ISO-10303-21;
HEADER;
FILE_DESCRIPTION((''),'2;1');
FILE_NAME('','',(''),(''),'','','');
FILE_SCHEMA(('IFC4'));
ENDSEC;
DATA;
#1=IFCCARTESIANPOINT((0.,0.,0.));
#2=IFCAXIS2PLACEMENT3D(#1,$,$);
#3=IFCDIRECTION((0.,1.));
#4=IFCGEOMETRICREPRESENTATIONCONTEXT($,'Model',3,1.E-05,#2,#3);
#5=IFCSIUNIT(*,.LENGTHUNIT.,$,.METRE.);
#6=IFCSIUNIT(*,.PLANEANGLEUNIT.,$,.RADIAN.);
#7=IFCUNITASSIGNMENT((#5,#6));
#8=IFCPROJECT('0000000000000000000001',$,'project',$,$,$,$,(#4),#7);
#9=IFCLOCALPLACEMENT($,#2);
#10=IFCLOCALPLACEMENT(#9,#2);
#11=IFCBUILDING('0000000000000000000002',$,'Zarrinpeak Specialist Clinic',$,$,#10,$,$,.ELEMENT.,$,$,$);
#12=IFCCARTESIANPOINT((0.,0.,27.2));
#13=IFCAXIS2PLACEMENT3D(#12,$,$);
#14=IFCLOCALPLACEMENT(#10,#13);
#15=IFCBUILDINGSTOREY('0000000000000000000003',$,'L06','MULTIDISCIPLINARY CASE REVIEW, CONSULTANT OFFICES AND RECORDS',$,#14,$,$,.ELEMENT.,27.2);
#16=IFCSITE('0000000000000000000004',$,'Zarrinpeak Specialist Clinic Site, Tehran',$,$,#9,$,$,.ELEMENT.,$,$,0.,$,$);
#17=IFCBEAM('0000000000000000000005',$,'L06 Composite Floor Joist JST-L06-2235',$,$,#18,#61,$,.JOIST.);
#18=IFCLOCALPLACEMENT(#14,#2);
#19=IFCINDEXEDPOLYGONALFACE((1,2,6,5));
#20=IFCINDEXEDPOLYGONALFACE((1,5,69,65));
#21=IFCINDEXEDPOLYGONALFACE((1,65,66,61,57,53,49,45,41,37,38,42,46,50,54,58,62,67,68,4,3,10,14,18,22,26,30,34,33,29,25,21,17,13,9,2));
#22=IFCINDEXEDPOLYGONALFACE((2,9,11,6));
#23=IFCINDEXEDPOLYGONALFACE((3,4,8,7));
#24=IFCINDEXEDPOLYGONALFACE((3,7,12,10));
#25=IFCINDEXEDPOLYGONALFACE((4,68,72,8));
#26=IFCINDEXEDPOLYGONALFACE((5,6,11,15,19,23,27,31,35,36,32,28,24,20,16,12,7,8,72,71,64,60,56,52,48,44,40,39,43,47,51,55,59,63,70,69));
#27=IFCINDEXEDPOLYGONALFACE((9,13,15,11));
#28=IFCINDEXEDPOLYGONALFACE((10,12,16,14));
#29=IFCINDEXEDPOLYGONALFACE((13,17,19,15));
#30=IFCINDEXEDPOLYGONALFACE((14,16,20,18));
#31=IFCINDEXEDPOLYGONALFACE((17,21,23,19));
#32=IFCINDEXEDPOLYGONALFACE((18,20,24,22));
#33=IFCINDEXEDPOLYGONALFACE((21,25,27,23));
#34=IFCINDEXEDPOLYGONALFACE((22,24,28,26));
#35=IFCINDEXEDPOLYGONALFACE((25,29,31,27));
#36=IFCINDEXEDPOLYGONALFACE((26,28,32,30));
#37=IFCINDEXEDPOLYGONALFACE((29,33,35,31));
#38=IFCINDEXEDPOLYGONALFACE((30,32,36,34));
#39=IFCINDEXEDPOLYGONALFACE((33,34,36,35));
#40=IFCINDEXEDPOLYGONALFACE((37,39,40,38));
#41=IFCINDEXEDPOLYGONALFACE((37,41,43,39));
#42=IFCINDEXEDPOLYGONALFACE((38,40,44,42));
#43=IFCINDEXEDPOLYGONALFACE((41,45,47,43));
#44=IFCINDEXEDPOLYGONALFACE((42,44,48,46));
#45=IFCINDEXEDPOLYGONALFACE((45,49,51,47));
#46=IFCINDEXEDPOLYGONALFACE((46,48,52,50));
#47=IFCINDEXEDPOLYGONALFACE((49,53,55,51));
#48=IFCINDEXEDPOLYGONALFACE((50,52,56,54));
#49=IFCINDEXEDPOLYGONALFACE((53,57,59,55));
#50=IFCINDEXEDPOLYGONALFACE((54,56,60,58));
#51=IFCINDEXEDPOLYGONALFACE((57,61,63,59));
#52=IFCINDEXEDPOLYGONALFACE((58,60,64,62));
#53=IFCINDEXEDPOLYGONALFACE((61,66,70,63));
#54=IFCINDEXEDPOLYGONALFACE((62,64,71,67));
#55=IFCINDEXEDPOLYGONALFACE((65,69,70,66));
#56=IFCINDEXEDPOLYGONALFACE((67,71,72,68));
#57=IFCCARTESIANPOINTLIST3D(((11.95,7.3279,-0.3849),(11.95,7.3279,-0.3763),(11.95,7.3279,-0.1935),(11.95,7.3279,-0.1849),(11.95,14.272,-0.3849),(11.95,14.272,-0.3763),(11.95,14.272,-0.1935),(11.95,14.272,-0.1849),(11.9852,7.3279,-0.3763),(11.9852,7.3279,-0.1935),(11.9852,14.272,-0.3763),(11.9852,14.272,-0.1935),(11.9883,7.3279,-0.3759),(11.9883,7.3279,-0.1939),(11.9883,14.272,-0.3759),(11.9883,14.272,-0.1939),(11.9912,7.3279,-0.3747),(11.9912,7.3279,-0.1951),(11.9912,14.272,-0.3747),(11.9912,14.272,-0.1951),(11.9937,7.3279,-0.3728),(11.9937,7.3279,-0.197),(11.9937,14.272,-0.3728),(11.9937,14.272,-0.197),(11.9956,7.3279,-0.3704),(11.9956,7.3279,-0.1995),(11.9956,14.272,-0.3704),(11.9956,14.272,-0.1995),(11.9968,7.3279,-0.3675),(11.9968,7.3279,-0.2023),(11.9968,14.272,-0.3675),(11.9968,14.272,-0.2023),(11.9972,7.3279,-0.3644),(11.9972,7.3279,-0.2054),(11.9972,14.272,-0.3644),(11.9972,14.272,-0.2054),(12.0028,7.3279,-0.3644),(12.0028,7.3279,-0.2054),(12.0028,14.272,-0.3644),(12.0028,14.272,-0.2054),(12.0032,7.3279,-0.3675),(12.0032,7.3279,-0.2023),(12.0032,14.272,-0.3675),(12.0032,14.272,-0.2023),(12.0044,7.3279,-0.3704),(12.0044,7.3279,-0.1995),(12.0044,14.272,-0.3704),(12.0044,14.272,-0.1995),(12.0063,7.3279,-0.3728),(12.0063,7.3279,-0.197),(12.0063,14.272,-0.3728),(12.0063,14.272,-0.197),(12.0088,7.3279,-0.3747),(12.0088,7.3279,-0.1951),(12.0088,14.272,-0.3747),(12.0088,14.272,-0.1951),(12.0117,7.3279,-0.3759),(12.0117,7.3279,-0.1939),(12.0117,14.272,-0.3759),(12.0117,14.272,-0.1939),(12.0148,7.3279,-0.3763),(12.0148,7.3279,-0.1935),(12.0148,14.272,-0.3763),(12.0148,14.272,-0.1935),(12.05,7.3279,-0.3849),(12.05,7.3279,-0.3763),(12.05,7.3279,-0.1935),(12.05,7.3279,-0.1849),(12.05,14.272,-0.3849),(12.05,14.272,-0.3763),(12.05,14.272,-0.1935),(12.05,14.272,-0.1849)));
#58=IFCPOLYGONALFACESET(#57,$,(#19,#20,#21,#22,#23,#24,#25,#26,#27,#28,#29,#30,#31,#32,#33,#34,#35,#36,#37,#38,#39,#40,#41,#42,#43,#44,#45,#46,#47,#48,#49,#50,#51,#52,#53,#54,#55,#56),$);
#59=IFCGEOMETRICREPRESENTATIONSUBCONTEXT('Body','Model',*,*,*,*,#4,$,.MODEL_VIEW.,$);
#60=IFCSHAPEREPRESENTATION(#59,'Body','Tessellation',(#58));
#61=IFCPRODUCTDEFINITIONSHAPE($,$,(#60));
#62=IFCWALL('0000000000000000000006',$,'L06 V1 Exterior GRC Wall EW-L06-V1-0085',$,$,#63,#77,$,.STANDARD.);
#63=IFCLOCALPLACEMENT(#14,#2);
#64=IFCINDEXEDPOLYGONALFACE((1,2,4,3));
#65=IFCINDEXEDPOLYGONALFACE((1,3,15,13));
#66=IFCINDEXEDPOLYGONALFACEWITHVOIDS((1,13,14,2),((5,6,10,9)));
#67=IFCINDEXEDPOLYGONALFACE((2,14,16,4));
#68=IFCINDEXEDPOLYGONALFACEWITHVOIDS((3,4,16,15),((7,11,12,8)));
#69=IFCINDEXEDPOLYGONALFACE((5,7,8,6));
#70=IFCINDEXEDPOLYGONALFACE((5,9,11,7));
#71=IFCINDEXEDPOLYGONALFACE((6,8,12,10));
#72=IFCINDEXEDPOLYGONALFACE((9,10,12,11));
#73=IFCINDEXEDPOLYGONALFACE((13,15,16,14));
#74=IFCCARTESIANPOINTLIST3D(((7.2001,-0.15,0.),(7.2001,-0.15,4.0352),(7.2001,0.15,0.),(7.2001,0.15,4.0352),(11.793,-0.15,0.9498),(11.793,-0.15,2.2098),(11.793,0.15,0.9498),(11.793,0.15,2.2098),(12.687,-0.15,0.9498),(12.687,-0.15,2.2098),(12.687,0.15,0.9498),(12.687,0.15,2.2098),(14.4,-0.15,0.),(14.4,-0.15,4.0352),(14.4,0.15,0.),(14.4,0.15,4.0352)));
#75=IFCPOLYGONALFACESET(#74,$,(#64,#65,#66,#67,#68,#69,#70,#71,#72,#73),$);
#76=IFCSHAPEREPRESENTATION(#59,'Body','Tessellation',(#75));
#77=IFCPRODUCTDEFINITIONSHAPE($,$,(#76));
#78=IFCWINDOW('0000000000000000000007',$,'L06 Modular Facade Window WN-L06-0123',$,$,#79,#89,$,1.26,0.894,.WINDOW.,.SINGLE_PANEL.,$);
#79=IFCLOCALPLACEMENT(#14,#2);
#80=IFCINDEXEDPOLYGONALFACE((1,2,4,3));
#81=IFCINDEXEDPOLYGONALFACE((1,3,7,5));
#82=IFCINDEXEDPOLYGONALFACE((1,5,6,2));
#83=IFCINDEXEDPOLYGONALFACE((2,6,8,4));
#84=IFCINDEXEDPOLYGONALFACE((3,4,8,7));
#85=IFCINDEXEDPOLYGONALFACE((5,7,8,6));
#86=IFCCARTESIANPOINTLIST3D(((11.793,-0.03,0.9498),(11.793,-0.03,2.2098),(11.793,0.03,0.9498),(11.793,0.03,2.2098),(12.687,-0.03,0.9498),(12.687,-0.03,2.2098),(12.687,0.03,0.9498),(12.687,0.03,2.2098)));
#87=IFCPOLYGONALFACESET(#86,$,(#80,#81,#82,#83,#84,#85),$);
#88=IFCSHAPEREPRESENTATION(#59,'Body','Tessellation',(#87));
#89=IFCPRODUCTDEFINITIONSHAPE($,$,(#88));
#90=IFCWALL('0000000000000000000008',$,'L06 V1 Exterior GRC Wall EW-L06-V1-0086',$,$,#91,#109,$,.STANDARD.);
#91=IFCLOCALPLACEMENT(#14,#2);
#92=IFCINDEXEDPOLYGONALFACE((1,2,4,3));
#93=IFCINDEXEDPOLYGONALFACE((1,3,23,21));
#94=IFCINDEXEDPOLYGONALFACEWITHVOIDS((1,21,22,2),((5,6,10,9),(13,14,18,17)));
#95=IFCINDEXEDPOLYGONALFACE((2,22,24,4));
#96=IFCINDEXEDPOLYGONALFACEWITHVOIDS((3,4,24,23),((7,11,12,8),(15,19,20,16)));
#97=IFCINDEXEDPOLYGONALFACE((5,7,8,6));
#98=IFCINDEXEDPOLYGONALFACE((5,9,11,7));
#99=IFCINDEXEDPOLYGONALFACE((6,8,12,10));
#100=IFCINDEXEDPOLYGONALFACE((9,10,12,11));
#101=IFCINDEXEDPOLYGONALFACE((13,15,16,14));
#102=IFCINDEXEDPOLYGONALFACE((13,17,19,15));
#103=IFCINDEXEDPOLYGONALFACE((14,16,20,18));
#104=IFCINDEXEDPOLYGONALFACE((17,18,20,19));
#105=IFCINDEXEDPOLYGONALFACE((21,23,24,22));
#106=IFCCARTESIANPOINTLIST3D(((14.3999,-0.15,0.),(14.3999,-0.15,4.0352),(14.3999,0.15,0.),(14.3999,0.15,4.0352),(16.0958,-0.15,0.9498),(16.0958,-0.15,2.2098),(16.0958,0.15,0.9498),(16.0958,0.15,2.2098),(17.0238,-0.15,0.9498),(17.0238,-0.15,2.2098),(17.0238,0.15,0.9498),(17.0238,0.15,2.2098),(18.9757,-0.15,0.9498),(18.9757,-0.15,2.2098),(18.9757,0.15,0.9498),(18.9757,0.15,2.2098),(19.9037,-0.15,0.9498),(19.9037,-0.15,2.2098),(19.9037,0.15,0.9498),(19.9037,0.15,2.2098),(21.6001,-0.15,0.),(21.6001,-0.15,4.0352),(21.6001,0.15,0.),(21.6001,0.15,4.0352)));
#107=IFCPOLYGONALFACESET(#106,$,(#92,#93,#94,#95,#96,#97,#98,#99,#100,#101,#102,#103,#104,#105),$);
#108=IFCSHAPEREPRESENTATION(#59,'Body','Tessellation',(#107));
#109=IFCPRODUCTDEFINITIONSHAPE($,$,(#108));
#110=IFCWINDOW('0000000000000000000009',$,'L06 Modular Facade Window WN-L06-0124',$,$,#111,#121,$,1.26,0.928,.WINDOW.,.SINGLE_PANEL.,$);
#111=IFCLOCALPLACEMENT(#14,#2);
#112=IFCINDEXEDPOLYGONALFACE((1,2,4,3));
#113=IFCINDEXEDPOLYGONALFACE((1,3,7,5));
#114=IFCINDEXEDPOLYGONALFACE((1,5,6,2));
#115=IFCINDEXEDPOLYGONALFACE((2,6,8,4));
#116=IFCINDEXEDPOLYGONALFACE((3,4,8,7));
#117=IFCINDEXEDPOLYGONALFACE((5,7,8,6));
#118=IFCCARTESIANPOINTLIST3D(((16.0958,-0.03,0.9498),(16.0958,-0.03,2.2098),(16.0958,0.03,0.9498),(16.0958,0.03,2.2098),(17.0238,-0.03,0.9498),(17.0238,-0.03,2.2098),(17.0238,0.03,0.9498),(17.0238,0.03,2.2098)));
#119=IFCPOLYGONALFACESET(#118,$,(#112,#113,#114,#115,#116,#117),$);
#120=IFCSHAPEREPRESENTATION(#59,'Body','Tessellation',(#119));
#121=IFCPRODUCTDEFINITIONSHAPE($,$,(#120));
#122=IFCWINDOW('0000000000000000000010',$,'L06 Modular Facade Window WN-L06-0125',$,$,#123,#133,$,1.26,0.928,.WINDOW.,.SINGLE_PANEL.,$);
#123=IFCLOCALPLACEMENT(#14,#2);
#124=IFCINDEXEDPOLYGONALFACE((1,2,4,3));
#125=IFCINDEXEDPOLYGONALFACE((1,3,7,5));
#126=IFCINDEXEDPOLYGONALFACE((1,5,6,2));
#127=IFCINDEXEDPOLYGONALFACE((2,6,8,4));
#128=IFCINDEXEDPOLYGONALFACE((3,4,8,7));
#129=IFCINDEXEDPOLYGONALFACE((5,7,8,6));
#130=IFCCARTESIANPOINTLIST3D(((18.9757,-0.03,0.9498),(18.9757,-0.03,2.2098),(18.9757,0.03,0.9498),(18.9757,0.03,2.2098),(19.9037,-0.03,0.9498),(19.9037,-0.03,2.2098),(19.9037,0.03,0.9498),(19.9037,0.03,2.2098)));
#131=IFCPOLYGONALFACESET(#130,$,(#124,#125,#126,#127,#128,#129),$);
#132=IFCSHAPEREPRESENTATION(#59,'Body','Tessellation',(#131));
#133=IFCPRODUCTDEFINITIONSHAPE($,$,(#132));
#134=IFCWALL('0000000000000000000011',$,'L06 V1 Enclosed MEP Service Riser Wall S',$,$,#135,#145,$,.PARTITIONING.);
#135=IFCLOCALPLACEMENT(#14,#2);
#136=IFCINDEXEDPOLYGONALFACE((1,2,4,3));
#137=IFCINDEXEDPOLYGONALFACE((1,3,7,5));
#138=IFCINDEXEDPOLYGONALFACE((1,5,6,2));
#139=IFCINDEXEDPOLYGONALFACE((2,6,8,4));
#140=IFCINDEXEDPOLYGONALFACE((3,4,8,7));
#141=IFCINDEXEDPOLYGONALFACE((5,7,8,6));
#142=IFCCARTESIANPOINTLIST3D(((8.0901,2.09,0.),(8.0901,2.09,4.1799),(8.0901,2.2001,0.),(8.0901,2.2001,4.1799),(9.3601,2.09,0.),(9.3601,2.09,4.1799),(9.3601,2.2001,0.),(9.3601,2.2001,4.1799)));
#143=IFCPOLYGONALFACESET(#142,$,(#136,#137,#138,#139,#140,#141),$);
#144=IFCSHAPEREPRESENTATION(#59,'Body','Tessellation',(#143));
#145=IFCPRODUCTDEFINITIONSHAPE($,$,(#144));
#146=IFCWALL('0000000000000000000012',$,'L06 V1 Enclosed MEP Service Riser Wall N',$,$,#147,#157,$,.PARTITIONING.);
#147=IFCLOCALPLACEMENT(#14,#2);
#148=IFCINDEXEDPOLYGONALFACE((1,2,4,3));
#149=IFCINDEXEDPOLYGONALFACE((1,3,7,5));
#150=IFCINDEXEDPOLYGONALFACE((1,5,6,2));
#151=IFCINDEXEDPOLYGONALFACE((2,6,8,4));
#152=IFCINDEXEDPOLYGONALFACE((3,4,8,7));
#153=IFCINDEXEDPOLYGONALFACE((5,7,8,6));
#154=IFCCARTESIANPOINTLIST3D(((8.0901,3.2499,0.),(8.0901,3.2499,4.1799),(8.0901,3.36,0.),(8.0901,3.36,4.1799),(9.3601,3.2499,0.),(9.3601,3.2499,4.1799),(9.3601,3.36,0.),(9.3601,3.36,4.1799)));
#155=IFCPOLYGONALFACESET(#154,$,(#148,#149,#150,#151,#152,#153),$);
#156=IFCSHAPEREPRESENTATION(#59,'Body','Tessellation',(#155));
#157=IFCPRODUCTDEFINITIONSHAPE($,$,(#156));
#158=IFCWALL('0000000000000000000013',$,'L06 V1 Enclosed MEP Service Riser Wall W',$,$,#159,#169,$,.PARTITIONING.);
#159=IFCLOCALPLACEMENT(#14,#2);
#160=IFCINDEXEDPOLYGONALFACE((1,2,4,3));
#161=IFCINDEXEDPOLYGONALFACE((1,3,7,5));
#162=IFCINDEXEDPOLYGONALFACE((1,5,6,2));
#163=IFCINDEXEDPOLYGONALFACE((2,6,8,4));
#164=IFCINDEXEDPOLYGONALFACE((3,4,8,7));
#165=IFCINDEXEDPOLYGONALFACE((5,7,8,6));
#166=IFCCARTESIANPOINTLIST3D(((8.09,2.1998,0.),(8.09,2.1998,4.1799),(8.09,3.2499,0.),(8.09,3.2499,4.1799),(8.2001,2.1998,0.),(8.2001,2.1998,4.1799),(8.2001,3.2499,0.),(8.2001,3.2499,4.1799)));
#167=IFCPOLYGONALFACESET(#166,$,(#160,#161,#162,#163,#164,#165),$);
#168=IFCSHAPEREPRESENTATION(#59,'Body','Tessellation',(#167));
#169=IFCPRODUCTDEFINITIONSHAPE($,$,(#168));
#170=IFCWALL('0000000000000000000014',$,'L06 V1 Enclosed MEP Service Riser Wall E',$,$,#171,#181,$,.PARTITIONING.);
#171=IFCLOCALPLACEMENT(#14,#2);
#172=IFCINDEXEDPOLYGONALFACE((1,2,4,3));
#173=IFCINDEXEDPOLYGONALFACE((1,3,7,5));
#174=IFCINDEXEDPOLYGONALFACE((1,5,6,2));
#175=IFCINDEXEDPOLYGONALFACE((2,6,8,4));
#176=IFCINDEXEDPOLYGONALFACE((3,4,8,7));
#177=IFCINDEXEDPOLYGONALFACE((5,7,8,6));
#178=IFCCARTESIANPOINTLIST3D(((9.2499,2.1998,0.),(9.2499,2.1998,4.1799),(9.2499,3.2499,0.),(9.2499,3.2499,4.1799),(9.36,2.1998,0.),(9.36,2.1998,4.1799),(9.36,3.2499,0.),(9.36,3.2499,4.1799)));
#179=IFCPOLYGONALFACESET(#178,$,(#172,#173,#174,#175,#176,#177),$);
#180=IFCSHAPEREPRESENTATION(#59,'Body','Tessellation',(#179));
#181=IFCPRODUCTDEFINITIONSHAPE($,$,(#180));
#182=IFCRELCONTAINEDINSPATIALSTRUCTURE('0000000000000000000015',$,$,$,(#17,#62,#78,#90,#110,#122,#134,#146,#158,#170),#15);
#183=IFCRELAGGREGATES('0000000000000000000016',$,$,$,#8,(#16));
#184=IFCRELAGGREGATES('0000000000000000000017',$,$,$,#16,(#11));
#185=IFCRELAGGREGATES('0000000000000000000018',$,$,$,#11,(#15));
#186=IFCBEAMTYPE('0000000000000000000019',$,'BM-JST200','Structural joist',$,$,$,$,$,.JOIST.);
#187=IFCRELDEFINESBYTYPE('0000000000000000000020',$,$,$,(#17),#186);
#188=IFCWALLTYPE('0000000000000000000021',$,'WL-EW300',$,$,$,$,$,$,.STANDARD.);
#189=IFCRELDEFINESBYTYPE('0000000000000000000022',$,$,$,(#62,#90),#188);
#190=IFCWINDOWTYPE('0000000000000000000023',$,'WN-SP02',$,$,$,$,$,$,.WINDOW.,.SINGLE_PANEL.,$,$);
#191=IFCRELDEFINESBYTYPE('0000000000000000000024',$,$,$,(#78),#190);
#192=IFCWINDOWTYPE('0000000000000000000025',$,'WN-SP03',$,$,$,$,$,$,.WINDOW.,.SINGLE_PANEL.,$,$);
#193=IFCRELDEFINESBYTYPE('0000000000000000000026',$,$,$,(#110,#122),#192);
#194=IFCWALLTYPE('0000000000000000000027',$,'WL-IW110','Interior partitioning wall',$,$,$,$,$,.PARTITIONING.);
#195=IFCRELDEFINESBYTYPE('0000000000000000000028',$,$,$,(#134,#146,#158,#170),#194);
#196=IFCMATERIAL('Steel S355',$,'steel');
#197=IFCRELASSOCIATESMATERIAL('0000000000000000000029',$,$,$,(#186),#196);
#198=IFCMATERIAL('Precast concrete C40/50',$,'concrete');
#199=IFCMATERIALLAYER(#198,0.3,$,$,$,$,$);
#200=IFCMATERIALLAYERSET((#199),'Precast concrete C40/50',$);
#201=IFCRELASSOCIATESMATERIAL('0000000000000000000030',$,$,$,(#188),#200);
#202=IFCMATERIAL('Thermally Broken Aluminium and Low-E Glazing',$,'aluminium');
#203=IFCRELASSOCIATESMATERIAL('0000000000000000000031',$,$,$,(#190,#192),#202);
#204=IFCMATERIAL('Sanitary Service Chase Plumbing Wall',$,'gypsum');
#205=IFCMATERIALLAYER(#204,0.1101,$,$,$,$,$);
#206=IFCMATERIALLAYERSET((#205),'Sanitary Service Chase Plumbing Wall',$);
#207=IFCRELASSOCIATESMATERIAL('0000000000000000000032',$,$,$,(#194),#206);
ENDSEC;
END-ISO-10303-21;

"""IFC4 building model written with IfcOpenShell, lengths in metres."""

from ifc_helpers import new_model, si_unit, direction, frame, frame_2d, origin, origin_2d, place, context, subcontext, project, spatial, rectangle, i_section, extrude, material, layer, layer_set, material_profile, profile_set, type_object, element, fill, save


model = new_model("IFC4")

# Units and contexts
model_context = context("Model", 3, precision=1e-05, world=origin(), true_north=direction((0.0, 1.0)))
body_context = subcontext(model_context, "Body", "Model", "MODEL_VIEW")
ifc_project = project(units=[si_unit("LENGTHUNIT", "METRE"), si_unit("PLANEANGLEUNIT", "RADIAN")], contexts=[model_context])

# Site, building, storey
site_placement = place(None, origin())
site = spatial("IfcSite", under=ifc_project, at=site_placement, Name="Zarrinpeak Specialist Clinic Site, Tehran", CompositionType="ELEMENT", RefElevation=0.0)
building_placement = place(site_placement, origin())
building = spatial("IfcBuilding", under=site, at=building_placement, Name="Zarrinpeak Specialist Clinic", CompositionType="ELEMENT")
storey_placement = place(building_placement, frame((0.0, 0.0, 27.2)))
storey = spatial("IfcBuildingStorey", under=building, at=storey_placement, Name="L06", Description="MULTIDISCIPLINARY CASE REVIEW, CONSULTANT OFFICES AND RECORDS", CompositionType="ELEMENT", Elevation=27.2)

# Shared definitions
ifc_material_1 = material(Name="Steel S355", Category="steel")

# Beam
ifc_material_profile_1 = material_profile(ifc_material_1, i_section(OverallWidth=0.1001, OverallDepth=0.2, WebThickness=0.0056, FlangeThickness=0.0085, FilletRadius=0.012, at=origin_2d()), Name="IPE 200")
ifc_profile_set_1 = profile_set([ifc_material_profile_1], Name="Steel S355")
beam_type_1 = type_object("IfcBeamType", Name="BM-JST200", Description="Structural joist", PredefinedType="JOIST", material=ifc_profile_set_1)
for number, where, z_axis, x_axis, name in (
    (1, (12.0, 7.3279, -0.2849), (0.0, 1.0, 0.0), (-1.0, 0.0, 0.0), "L06 Composite Floor Joist JST-L06-2235"),
):
    element("IfcBeam", number, at=place(storey_placement, frame(where, z_axis=z_axis, x_axis=x_axis)), inside=storey, type_object=beam_type_1, Name=name, PredefinedType="JOIST", context=body_context, shape_type="SweptSolid", body=[
        extrude(i_section(OverallWidth=0.1001, OverallDepth=0.2, WebThickness=0.0056, FlangeThickness=0.0085, FilletRadius=0.012, at=origin_2d()), origin(), (0.0, 0.0, 1.0), 6.9441),
    ])

# Wall, opening, window
ifc_material_2 = material(Name="Precast concrete C40/50", Category="concrete")
ifc_layer_1 = layer(ifc_material_2, 0.3)
ifc_layer_set_1 = layer_set([ifc_layer_1], Name="Precast concrete C40/50")
wall_type_1 = type_object("IfcWallType", Name="WL-EW300", PredefinedType="STANDARD", material=ifc_layer_set_1)
wall_1_placement = place(storey_placement, frame((7.2, 0.0, 0.0), z_axis=(0.0, 0.0, 1.0), x_axis=(1.0, 0.0, 0.0)))
wall_1 = element("IfcWall", 2, at=wall_1_placement, inside=storey, type_object=wall_type_1, Name="L06 V1 Exterior GRC Wall EW-L06-V1-0085", PredefinedType="STANDARD", context=body_context, shape_type="SweptSolid", body=[
    extrude(rectangle(XDim=7.2, YDim=0.3, at=frame_2d((3.6001, 0.0))), origin(), (0.0, 0.0, 1.0), 4.0352),
])
opening_1_placement = place(wall_1_placement, frame((4.593, 0.0, 0.95)))
opening_1 = element("IfcOpeningElement", 3, at=opening_1_placement, cuts=wall_1, PredefinedType="OPENING", context=body_context, shape_type="SweptSolid", body=[
    extrude(rectangle(XDim=0.894, YDim=1.26, at=frame_2d((0.447, 0.6299))), frame((0.0, 0.1602, 0.0), z_axis=(0.0, -1.0, 0.0), x_axis=(1.0, 0.0, 0.0)), (0.0, 0.0, 1.0), 0.3201),
])
ifc_material_3 = material(Name="Thermally Broken Aluminium and Low-E Glazing", Category="aluminium")
window_type_1 = type_object("IfcWindowType", Name="WN-SP02", PartitioningType="SINGLE_PANEL", PredefinedType="WINDOW", material=ifc_material_3)
window_1_placement = place(opening_1_placement, origin())
window_1 = element("IfcWindow", 4, at=window_1_placement, inside=storey, type_object=window_type_1, Name="L06 Modular Facade Window WN-L06-0123", OverallHeight=1.26, OverallWidth=0.894, PartitioningType="SINGLE_PANEL", PredefinedType="WINDOW", context=body_context, shape_type="SweptSolid", body=[
    extrude(rectangle(XDim=0.894, YDim=1.26, at=frame_2d((0.447, 0.6299))), frame((0.0, 0.03, 0.0), z_axis=(0.0, -1.0, 0.0), x_axis=(1.0, 0.0, 0.0)), (0.0, 0.0, 1.0), 0.0601),
])
fill(opening_1, window_1)

# Wall, openings, windows
wall_2_placement = place(storey_placement, frame((14.3999, 0.0, 0.0), z_axis=(0.0, 0.0, 1.0), x_axis=(1.0, 0.0, 0.0)))
wall_2 = element("IfcWall", 5, at=wall_2_placement, inside=storey, type_object=wall_type_1, Name="L06 V1 Exterior GRC Wall EW-L06-V1-0086", PredefinedType="STANDARD", context=body_context, shape_type="SweptSolid", body=[
    extrude(rectangle(XDim=7.2002, YDim=0.3, at=frame_2d((3.6001, 0.0))), origin(), (0.0, 0.0, 1.0), 4.0352),
])
opening_2_placement = place(wall_2_placement, frame((1.696, 0.0, 0.95)))
opening_2 = element("IfcOpeningElement", 6, at=opening_2_placement, cuts=wall_2, PredefinedType="OPENING", context=body_context, shape_type="SweptSolid", body=[
    extrude(rectangle(XDim=0.928, YDim=1.26, at=frame_2d((0.4639, 0.6299))), frame((0.0, 0.1602, 0.0), z_axis=(0.0, -1.0, 0.0), x_axis=(1.0, 0.0, 0.0)), (0.0, 0.0, 1.0), 0.3201),
])
opening_3_placement = place(wall_2_placement, frame((4.5759, 0.0, 0.95)))
opening_3 = element("IfcOpeningElement", 7, at=opening_3_placement, cuts=wall_2, PredefinedType="OPENING", context=body_context, shape_type="SweptSolid", body=[
    extrude(rectangle(XDim=0.928, YDim=1.26, at=frame_2d((0.4639, 0.6299))), frame((0.0, 0.1602, 0.0), z_axis=(0.0, -1.0, 0.0), x_axis=(1.0, 0.0, 0.0)), (0.0, 0.0, 1.0), 0.3201),
])
window_type_2 = type_object("IfcWindowType", Name="WN-SP03", PartitioningType="SINGLE_PANEL", PredefinedType="WINDOW", material=ifc_material_3)
window_2_placement = place(opening_2_placement, origin())
window_2 = element("IfcWindow", 8, at=window_2_placement, inside=storey, type_object=window_type_2, Name="L06 Modular Facade Window WN-L06-0124", OverallHeight=1.26, OverallWidth=0.928, PartitioningType="SINGLE_PANEL", PredefinedType="WINDOW", context=body_context, shape_type="SweptSolid", body=[
    extrude(rectangle(XDim=0.928, YDim=1.26, at=frame_2d((0.4639, 0.6299))), frame((0.0, 0.03, 0.0), z_axis=(0.0, -1.0, 0.0), x_axis=(1.0, 0.0, 0.0)), (0.0, 0.0, 1.0), 0.0601),
])
fill(opening_2, window_2)
window_3_placement = place(opening_3_placement, origin())
window_3 = element("IfcWindow", 9, at=window_3_placement, inside=storey, type_object=window_type_2, Name="L06 Modular Facade Window WN-L06-0125", OverallHeight=1.26, OverallWidth=0.928, PartitioningType="SINGLE_PANEL", PredefinedType="WINDOW", context=body_context, shape_type="SweptSolid", body=[
    extrude(rectangle(XDim=0.928, YDim=1.26, at=frame_2d((0.4639, 0.6299))), frame((0.0, 0.03, 0.0), z_axis=(0.0, -1.0, 0.0), x_axis=(1.0, 0.0, 0.0)), (0.0, 0.0, 1.0), 0.0601),
])
fill(opening_3, window_3)

# Walls
ifc_material_4 = material(Name="Sanitary Service Chase Plumbing Wall", Category="gypsum")
ifc_layer_2 = layer(ifc_material_4, 0.1101)
ifc_layer_set_2 = layer_set([ifc_layer_2], Name="Sanitary Service Chase Plumbing Wall")
wall_type_2 = type_object("IfcWallType", Name="WL-IW110", Description="Interior partitioning wall", PredefinedType="PARTITIONING", material=ifc_layer_set_2)
for number, where, z_axis, x_axis, name in (
    (10, (8.0901, 2.145, 0.0), (0.0, 0.0, 1.0), (1.0, 0.0, 0.0), "L06 V1 Enclosed MEP Service Riser Wall S"),
    (11, (8.0901, 3.3049, 0.0), (0.0, 0.0, 1.0), (1.0, 0.0, 0.0), "L06 V1 Enclosed MEP Service Riser Wall N"),
):
    element("IfcWall", number, at=place(storey_placement, frame(where, z_axis=z_axis, x_axis=x_axis)), inside=storey, type_object=wall_type_2, Name=name, PredefinedType="PARTITIONING", context=body_context, shape_type="SweptSolid", body=[
        extrude(rectangle(XDim=1.27, YDim=0.1101, at=frame_2d((0.635, 0.0))), origin(), (0.0, 0.0, 1.0), 4.1799),
    ])
for number, where, z_axis, x_axis, name in (
    (12, (8.145, 2.2, 0.0), (0.0, 0.0, 1.0), (0.0, 1.0, 0.0), "L06 V1 Enclosed MEP Service Riser Wall W"),
    (13, (9.3049, 2.2, 0.0), (0.0, 0.0, 1.0), (0.0, 1.0, 0.0), "L06 V1 Enclosed MEP Service Riser Wall E"),
):
    element("IfcWall", number, at=place(storey_placement, frame(where, z_axis=z_axis, x_axis=x_axis)), inside=storey, type_object=wall_type_2, Name=name, PredefinedType="PARTITIONING", context=body_context, shape_type="SweptSolid", body=[
        extrude(rectangle(XDim=1.05, YDim=0.1101, at=frame_2d((0.5249, 0.0))), origin(), (0.0, 0.0, 1.0), 4.1799),
    ])

save(model, "model.ifc")
